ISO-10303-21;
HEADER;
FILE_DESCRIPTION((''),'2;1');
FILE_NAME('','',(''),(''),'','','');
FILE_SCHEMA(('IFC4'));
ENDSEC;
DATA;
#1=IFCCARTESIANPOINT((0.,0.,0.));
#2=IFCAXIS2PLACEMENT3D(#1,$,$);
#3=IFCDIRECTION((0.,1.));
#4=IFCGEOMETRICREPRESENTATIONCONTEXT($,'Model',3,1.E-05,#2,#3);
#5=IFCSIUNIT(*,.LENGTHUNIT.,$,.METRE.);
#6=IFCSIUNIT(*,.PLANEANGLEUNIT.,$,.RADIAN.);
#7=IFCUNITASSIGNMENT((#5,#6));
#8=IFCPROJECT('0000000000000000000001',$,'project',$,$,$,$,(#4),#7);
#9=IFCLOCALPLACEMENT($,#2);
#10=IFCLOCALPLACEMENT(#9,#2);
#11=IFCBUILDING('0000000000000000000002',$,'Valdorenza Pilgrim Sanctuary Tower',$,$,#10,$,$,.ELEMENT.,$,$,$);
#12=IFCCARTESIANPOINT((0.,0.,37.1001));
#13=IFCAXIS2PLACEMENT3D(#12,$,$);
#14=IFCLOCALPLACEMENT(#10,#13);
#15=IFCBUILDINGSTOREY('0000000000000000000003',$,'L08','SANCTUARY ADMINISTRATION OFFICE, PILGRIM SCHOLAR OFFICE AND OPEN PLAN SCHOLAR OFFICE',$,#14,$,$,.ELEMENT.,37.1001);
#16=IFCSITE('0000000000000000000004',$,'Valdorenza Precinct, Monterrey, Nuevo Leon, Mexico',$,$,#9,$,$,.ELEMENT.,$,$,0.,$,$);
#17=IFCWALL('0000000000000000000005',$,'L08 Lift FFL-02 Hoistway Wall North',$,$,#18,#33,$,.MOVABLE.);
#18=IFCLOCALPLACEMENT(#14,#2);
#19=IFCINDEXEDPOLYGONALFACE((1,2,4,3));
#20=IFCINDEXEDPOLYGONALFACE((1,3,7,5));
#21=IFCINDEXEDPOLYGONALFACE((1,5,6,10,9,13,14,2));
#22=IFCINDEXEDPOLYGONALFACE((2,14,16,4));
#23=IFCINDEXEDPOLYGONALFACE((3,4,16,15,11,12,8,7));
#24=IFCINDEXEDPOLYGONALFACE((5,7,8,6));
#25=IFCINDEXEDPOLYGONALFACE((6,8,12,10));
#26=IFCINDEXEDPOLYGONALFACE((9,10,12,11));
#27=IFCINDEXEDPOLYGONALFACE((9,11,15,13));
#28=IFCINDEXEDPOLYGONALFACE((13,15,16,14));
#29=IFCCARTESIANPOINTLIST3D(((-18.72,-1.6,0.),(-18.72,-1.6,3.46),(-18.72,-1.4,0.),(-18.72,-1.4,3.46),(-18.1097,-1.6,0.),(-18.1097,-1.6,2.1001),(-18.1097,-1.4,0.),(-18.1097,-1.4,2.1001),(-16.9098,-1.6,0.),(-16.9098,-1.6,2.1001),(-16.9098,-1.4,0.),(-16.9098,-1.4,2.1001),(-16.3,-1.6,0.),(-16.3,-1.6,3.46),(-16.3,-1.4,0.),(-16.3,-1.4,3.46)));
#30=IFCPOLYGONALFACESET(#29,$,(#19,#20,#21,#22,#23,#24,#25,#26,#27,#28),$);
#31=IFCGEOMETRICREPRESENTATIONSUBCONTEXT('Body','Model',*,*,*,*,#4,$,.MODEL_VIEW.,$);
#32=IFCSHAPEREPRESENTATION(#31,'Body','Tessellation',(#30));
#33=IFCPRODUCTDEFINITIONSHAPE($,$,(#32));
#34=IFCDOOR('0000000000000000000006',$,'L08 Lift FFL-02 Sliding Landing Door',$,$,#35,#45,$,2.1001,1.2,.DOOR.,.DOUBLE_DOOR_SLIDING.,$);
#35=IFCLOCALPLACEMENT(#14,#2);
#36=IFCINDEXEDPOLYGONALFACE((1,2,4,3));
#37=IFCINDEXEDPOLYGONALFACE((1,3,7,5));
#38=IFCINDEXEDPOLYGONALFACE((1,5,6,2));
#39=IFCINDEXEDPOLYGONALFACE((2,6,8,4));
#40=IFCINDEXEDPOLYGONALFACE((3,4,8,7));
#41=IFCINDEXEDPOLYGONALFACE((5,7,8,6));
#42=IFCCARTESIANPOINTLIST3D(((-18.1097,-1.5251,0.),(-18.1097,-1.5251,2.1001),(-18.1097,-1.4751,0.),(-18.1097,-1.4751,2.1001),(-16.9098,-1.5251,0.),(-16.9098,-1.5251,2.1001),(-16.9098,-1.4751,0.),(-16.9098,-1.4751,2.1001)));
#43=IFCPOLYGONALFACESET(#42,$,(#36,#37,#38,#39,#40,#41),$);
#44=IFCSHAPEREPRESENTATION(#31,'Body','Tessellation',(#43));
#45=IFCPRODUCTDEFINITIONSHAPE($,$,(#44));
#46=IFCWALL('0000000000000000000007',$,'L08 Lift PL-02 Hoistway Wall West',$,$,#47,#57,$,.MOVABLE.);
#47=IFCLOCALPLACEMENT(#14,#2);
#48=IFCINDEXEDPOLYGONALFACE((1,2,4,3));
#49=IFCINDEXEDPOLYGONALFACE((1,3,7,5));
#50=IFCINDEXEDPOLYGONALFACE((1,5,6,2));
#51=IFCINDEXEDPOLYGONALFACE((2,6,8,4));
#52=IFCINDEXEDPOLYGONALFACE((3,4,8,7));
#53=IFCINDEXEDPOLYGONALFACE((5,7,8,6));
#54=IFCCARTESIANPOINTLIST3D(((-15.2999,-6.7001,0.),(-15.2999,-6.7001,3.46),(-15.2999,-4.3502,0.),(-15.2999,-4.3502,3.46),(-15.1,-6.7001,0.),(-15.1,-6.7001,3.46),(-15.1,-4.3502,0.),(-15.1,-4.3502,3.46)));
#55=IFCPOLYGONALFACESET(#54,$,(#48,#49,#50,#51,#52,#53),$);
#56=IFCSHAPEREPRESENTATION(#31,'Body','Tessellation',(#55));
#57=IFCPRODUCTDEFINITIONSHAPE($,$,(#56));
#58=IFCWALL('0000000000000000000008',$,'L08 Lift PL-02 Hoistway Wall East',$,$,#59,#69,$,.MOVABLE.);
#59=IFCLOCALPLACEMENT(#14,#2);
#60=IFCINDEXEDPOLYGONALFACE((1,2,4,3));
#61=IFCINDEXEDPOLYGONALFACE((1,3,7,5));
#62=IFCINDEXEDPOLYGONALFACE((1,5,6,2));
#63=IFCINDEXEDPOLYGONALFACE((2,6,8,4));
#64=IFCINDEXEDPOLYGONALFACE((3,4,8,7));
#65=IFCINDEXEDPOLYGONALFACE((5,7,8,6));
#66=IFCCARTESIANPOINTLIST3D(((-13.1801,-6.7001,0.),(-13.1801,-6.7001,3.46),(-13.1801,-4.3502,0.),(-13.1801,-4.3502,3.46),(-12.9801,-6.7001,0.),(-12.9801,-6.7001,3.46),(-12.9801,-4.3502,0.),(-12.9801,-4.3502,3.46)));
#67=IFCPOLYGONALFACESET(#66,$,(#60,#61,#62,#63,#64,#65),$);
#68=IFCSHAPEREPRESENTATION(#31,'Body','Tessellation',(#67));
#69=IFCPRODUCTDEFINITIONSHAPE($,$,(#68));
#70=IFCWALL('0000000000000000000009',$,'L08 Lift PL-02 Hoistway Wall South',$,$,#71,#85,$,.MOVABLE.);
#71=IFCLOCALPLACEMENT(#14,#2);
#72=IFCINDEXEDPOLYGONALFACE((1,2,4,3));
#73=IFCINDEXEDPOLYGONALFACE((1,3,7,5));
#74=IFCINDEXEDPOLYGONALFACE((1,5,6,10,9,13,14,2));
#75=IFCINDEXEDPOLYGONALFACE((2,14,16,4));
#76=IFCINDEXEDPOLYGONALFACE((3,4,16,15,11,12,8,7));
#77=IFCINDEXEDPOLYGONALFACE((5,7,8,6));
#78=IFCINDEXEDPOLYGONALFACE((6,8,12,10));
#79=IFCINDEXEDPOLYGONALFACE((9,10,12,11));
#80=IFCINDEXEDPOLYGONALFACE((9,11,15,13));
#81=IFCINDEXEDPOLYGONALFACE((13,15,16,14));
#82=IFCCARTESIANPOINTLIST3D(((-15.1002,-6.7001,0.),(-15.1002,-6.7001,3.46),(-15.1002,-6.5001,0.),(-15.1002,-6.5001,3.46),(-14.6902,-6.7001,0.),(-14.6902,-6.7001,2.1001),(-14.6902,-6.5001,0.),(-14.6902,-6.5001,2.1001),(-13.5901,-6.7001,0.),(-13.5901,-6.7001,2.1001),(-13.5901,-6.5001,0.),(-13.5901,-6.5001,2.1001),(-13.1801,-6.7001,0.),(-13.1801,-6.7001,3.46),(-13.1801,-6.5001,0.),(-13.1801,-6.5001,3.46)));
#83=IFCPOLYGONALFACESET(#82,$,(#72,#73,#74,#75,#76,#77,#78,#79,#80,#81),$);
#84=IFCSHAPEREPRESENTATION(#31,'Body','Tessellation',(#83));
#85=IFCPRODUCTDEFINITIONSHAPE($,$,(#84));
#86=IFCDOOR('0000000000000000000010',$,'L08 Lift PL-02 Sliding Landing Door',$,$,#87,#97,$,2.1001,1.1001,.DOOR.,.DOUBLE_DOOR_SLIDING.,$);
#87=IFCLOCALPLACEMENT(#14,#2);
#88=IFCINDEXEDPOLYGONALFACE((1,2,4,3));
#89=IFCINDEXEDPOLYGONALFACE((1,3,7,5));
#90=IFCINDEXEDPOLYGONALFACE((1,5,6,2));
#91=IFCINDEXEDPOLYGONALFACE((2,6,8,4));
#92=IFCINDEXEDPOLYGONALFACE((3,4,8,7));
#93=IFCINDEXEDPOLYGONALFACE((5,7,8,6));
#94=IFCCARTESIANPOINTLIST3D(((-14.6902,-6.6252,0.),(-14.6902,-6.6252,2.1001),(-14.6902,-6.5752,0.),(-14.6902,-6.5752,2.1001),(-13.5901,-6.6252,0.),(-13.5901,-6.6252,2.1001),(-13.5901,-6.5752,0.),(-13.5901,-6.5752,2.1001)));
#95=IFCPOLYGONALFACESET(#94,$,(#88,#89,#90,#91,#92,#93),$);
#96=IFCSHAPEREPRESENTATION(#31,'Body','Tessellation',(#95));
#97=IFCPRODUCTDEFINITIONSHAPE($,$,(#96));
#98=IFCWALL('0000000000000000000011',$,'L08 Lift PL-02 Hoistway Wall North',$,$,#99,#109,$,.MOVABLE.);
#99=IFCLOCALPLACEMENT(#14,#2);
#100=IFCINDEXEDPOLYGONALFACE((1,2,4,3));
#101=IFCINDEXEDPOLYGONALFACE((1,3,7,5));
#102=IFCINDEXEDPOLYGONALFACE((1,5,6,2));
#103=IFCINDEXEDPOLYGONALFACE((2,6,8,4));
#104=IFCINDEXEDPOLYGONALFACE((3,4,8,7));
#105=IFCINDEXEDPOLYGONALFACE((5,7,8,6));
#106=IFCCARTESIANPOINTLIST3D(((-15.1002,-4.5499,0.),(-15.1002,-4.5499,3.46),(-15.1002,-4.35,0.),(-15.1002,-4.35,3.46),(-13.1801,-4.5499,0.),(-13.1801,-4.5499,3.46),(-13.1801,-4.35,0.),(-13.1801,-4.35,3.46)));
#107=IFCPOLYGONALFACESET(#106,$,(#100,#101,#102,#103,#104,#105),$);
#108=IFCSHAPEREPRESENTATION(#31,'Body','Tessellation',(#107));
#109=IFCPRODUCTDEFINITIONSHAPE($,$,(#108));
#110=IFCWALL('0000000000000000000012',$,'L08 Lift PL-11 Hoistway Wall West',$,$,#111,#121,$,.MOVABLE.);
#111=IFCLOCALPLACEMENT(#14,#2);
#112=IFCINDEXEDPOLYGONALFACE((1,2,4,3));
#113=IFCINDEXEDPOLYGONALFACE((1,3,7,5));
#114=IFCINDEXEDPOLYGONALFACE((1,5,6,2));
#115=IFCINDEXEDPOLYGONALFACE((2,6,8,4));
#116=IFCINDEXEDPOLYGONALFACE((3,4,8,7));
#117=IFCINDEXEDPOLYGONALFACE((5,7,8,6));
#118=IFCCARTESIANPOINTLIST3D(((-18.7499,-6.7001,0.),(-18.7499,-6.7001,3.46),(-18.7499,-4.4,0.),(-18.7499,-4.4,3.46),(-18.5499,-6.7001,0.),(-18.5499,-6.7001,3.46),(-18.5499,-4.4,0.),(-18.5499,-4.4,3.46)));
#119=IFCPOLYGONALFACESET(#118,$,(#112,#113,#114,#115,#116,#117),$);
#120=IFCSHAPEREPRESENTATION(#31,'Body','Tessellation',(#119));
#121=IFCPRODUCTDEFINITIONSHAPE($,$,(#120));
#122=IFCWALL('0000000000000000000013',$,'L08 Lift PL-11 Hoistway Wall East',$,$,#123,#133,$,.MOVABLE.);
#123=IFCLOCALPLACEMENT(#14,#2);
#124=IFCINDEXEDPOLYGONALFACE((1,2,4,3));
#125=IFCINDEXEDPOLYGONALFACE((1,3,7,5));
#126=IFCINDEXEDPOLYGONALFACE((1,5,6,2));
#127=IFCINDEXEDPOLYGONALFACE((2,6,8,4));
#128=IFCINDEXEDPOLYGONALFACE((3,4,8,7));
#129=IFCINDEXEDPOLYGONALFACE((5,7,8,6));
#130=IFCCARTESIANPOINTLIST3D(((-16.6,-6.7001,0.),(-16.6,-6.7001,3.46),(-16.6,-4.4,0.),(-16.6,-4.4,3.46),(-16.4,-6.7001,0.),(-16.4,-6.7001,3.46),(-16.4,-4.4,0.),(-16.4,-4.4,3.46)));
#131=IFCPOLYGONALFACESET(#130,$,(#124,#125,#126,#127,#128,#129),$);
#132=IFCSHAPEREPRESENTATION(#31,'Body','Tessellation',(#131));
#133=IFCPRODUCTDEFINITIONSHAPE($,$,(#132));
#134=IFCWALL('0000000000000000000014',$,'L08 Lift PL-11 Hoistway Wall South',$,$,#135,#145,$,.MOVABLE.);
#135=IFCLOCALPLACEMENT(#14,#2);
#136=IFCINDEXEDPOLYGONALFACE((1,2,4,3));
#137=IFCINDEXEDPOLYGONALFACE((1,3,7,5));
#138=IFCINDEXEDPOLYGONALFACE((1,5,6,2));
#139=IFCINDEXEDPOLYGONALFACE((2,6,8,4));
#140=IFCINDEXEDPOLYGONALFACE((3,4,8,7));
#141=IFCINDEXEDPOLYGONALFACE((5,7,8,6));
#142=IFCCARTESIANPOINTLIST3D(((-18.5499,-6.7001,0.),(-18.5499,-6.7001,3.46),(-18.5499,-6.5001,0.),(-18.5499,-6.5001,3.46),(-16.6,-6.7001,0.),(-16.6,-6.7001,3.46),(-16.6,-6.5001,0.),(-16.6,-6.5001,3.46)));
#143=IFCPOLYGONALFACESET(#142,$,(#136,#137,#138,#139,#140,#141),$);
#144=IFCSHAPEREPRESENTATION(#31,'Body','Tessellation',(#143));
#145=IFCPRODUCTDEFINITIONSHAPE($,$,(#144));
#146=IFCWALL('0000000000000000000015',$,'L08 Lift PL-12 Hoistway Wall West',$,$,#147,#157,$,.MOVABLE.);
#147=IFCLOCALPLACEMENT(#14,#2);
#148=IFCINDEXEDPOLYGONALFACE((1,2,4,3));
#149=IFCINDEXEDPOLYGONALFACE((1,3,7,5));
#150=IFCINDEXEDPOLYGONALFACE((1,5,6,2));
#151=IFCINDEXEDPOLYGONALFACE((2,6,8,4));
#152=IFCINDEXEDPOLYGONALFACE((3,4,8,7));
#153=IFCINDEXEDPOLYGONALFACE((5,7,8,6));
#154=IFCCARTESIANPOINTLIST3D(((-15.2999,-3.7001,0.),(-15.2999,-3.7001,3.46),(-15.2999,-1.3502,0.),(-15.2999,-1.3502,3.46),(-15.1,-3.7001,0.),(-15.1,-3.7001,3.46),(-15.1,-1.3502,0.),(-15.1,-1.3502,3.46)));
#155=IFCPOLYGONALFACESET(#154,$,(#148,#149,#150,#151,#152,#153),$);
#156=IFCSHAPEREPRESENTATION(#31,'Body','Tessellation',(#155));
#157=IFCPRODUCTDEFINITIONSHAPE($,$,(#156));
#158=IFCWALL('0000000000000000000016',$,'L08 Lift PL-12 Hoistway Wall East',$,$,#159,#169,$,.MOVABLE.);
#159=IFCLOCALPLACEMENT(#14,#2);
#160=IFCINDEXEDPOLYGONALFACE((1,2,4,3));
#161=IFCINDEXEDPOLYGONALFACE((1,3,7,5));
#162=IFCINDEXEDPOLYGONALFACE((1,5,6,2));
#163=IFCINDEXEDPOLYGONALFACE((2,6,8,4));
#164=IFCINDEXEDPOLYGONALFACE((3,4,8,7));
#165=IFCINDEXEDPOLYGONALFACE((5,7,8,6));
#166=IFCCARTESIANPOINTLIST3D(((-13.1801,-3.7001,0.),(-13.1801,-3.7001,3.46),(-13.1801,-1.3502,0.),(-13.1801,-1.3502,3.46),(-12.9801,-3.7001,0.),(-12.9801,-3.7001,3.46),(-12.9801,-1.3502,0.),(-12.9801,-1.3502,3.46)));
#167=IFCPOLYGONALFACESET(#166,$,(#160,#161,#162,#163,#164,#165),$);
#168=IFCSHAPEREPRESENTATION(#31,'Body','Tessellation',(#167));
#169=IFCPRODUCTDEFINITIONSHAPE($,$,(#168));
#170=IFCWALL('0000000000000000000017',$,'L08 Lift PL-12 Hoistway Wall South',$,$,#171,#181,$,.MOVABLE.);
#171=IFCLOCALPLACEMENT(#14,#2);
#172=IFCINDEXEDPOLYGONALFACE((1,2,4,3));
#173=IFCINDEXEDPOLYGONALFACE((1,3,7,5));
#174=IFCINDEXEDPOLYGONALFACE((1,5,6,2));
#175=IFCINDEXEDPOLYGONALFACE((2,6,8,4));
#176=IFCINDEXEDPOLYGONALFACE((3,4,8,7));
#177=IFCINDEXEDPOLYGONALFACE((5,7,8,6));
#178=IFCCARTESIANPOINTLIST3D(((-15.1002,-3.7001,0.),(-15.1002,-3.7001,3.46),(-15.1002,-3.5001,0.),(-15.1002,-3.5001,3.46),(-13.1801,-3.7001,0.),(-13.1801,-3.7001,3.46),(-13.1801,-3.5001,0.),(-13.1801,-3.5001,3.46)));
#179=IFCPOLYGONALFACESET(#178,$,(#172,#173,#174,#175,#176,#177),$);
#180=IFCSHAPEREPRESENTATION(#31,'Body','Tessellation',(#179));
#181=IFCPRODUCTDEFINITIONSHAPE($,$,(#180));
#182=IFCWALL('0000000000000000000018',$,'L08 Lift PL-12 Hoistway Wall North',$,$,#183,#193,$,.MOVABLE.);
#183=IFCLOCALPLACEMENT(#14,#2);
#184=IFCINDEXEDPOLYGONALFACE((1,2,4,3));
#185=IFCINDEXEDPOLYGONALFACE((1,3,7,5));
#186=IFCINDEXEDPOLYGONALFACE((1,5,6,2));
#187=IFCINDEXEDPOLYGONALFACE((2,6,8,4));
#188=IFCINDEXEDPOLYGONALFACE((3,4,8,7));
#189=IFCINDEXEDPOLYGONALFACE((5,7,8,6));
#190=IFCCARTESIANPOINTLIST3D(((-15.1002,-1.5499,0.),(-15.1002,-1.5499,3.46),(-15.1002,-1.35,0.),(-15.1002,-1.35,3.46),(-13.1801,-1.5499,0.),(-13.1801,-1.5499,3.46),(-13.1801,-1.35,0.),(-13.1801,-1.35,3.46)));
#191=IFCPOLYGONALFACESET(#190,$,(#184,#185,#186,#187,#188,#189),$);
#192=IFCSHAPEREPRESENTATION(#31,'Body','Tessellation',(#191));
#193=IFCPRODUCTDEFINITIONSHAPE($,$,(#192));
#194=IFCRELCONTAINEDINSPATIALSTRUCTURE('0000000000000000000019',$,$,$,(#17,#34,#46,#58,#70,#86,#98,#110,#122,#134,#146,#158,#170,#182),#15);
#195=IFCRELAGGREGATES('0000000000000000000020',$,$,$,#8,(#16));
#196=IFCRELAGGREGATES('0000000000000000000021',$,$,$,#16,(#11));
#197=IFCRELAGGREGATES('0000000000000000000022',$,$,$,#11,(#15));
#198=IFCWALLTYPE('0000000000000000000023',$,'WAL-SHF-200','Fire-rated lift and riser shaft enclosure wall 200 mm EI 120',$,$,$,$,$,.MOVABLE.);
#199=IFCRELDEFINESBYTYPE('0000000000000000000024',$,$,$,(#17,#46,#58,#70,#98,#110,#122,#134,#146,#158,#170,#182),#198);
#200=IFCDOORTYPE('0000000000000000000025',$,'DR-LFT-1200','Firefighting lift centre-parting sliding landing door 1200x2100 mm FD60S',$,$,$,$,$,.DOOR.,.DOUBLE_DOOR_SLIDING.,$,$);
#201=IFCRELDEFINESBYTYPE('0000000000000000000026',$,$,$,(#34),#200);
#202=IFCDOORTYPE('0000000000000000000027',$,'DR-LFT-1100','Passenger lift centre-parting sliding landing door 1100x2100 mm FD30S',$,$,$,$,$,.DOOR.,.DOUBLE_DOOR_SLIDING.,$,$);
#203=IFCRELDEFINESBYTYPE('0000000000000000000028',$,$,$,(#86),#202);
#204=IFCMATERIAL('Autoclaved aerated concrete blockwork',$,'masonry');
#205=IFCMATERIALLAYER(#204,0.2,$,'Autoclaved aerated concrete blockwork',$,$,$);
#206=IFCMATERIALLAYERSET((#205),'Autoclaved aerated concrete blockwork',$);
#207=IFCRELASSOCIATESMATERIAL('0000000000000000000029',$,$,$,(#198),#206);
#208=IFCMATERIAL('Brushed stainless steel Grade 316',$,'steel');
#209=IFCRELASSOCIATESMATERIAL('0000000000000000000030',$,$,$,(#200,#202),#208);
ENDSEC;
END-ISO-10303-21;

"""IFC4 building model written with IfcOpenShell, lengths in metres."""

from ifc_helpers import new_model, si_unit, direction, frame, frame_2d, origin, place, context, subcontext, project, spatial, rectangle, extrude, material, layer, layer_set, type_object, element, fill, save


model = new_model("IFC4")

# Units and contexts
model_context = context("Model", 3, precision=1e-05, world=origin(), true_north=direction((0.0, 1.0)))
body_context = subcontext(model_context, "Body", "Model", "MODEL_VIEW")
ifc_project = project(units=[si_unit("LENGTHUNIT", "METRE"), si_unit("PLANEANGLEUNIT", "RADIAN")], contexts=[model_context])

# Site, building, storey
site_placement = place(None, origin())
site = spatial("IfcSite", under=ifc_project, at=site_placement, Name="Valdorenza Precinct, Monterrey, Nuevo Leon, Mexico", CompositionType="ELEMENT", RefElevation=0.0)
building_placement = place(site_placement, origin())
building = spatial("IfcBuilding", under=site, at=building_placement, Name="Valdorenza Pilgrim Sanctuary Tower", CompositionType="ELEMENT")
storey_placement = place(building_placement, frame((0.0, 0.0, 37.1001)))
storey = spatial("IfcBuildingStorey", under=building, at=storey_placement, Name="L08", Description="SANCTUARY ADMINISTRATION OFFICE, PILGRIM SCHOLAR OFFICE AND OPEN PLAN SCHOLAR OFFICE", CompositionType="ELEMENT", Elevation=37.1001)

# Shared definitions
ifc_material_1 = material(Name="Autoclaved aerated concrete blockwork", Category="masonry")
ifc_layer_1 = layer(ifc_material_1, 0.2, Name="Autoclaved aerated concrete blockwork")
ifc_layer_set_1 = layer_set([ifc_layer_1], Name="Autoclaved aerated concrete blockwork")
wall_type_1 = type_object("IfcWallType", Name="WAL-SHF-200", Description="Fire-rated lift and riser shaft enclosure wall 200 mm EI 120", PredefinedType="MOVABLE", material=ifc_layer_set_1)

# Wall, opening, door
wall_1_placement = place(storey_placement, frame((-18.72, -1.5, 0.0), z_axis=(0.0, 0.0, 1.0), x_axis=(1.0, 0.0, 0.0)))
wall_1 = element("IfcWall", 1, at=wall_1_placement, inside=storey, type_object=wall_type_1, Name="L08 Lift FFL-02 Hoistway Wall North", PredefinedType="MOVABLE", context=body_context, shape_type="SweptSolid", body=[
    extrude(rectangle(XDim=2.4199, YDim=0.2, at=frame_2d((1.21, 0.0))), origin(), (0.0, 0.0, 1.0), 3.46),
])
opening_1_placement = place(wall_1_placement, frame((0.6101, 0.0, 0.0)))
opening_1 = element("IfcOpeningElement", 2, at=opening_1_placement, cuts=wall_1, PredefinedType="OPENING", context=body_context, shape_type="SweptSolid", body=[
    extrude(rectangle(XDim=1.2, YDim=2.1001, at=frame_2d((0.6001, 1.05))), frame((0.0, 0.1147, 0.0), z_axis=(0.0, -1.0, 0.0), x_axis=(1.0, 0.0, 0.0)), (0.0, 0.0, 1.0), 0.2297),
])
ifc_material_2 = material(Name="Brushed stainless steel Grade 316", Category="steel")
door_type_1 = type_object("IfcDoorType", Name="DR-LFT-1200", Description="Firefighting lift centre-parting sliding landing door 1200x2100 mm FD60S", OperationType="DOUBLE_DOOR_SLIDING", PredefinedType="DOOR", material=ifc_material_2)
door_1_placement = place(opening_1_placement, origin())
door_1 = element("IfcDoor", 3, at=door_1_placement, inside=storey, type_object=door_type_1, Name="L08 Lift FFL-02 Sliding Landing Door", OperationType="DOUBLE_DOOR_SLIDING", OverallHeight=2.1001, OverallWidth=1.2, PredefinedType="DOOR", context=body_context, shape_type="SweptSolid", body=[
    extrude(rectangle(XDim=1.2, YDim=2.1001, at=frame_2d((0.6001, 1.05))), frame((0.0, 0.0249, 0.0), z_axis=(0.0, -1.0, 0.0), x_axis=(1.0, 0.0, 0.0)), (0.0, 0.0, 1.0), 0.05),
])
fill(opening_1, door_1)

# Walls
for number, where, z_axis, x_axis, name in (
    (4, (-15.2, -6.7, 0.0), (0.0, 0.0, 1.0), (0.0, 1.0, 0.0), "L08 Lift PL-02 Hoistway Wall West"),
    (5, (-13.0801, -6.7, 0.0), (0.0, 0.0, 1.0), (0.0, 1.0, 0.0), "L08 Lift PL-02 Hoistway Wall East"),
):
    element("IfcWall", number, at=place(storey_placement, frame(where, z_axis=z_axis, x_axis=x_axis)), inside=storey, type_object=wall_type_1, Name=name, PredefinedType="MOVABLE", context=body_context, shape_type="SweptSolid", body=[
        extrude(rectangle(XDim=2.3499, YDim=0.2, at=frame_2d((1.1748, 0.0))), origin(), (0.0, 0.0, 1.0), 3.46),
    ])

# Wall, opening, door
wall_2_placement = place(storey_placement, frame((-15.1001, -6.6001, 0.0), z_axis=(0.0, 0.0, 1.0), x_axis=(1.0, 0.0, 0.0)))
wall_2 = element("IfcWall", 6, at=wall_2_placement, inside=storey, type_object=wall_type_1, Name="L08 Lift PL-02 Hoistway Wall South", PredefinedType="MOVABLE", context=body_context, shape_type="SweptSolid", body=[
    extrude(rectangle(XDim=1.9202, YDim=0.2, at=frame_2d((0.96, 0.0))), origin(), (0.0, 0.0, 1.0), 3.46),
])
opening_2_placement = place(wall_2_placement, frame((0.4099, 0.0, 0.0)))
opening_2 = element("IfcOpeningElement", 7, at=opening_2_placement, cuts=wall_2, PredefinedType="OPENING", context=body_context, shape_type="SweptSolid", body=[
    extrude(rectangle(XDim=1.1001, YDim=2.1001, at=frame_2d((0.55, 1.05))), frame((0.0, 0.1147, 0.0), z_axis=(0.0, -1.0, 0.0), x_axis=(1.0, 0.0, 0.0)), (0.0, 0.0, 1.0), 0.2297),
])
door_type_2 = type_object("IfcDoorType", Name="DR-LFT-1100", Description="Passenger lift centre-parting sliding landing door 1100x2100 mm FD30S", OperationType="DOUBLE_DOOR_SLIDING", PredefinedType="DOOR", material=ifc_material_2)
door_2_placement = place(opening_2_placement, origin())
door_2 = element("IfcDoor", 8, at=door_2_placement, inside=storey, type_object=door_type_2, Name="L08 Lift PL-02 Sliding Landing Door", OperationType="DOUBLE_DOOR_SLIDING", OverallHeight=2.1001, OverallWidth=1.1001, PredefinedType="DOOR", context=body_context, shape_type="SweptSolid", body=[
    extrude(rectangle(XDim=1.1001, YDim=2.1001, at=frame_2d((0.55, 1.05))), frame((0.0, 0.0249, 0.0), z_axis=(0.0, -1.0, 0.0), x_axis=(1.0, 0.0, 0.0)), (0.0, 0.0, 1.0), 0.05),
])
fill(opening_2, door_2)

# Walls
wall_3_placement = place(storey_placement, frame((-15.1001, -4.45, 0.0), z_axis=(0.0, 0.0, 1.0), x_axis=(1.0, 0.0, 0.0)))
element("IfcWall", 9, at=wall_3_placement, inside=storey, type_object=wall_type_1, Name="L08 Lift PL-02 Hoistway Wall North", PredefinedType="MOVABLE", context=body_context, shape_type="SweptSolid", body=[
    extrude(rectangle(XDim=1.9202, YDim=0.2, at=frame_2d((0.96, 0.0))), origin(), (0.0, 0.0, 1.0), 3.46),
])
for number, where, z_axis, x_axis, name in (
    (10, (-18.6499, -6.7, 0.0), (0.0, 0.0, 1.0), (0.0, 1.0, 0.0), "L08 Lift PL-11 Hoistway Wall West"),
    (11, (-16.5, -6.7, 0.0), (0.0, 0.0, 1.0), (0.0, 1.0, 0.0), "L08 Lift PL-11 Hoistway Wall East"),
):
    element("IfcWall", number, at=place(storey_placement, frame(where, z_axis=z_axis, x_axis=x_axis)), inside=storey, type_object=wall_type_1, Name=name, PredefinedType="MOVABLE", context=body_context, shape_type="SweptSolid", body=[
        extrude(rectangle(XDim=2.3, YDim=0.2, at=frame_2d((1.1499, 0.0))), origin(), (0.0, 0.0, 1.0), 3.46),
    ])
wall_4_placement = place(storey_placement, frame((-18.55, -6.6001, 0.0), z_axis=(0.0, 0.0, 1.0), x_axis=(1.0, 0.0, 0.0)))
element("IfcWall", 12, at=wall_4_placement, inside=storey, type_object=wall_type_1, Name="L08 Lift PL-11 Hoistway Wall South", PredefinedType="MOVABLE", context=body_context, shape_type="SweptSolid", body=[
    extrude(rectangle(XDim=1.95, YDim=0.2, at=frame_2d((0.9751, 0.0))), origin(), (0.0, 0.0, 1.0), 3.46),
])
for number, where, z_axis, x_axis, name in (
    (13, (-15.2, -3.7, 0.0), (0.0, 0.0, 1.0), (0.0, 1.0, 0.0), "L08 Lift PL-12 Hoistway Wall West"),
    (14, (-13.0801, -3.7, 0.0), (0.0, 0.0, 1.0), (0.0, 1.0, 0.0), "L08 Lift PL-12 Hoistway Wall East"),
):
    element("IfcWall", number, at=place(storey_placement, frame(where, z_axis=z_axis, x_axis=x_axis)), inside=storey, type_object=wall_type_1, Name=name, PredefinedType="MOVABLE", context=body_context, shape_type="SweptSolid", body=[
        extrude(rectangle(XDim=2.3499, YDim=0.2, at=frame_2d((1.1748, 0.0))), origin(), (0.0, 0.0, 1.0), 3.46),
    ])
for number, where, z_axis, x_axis, name in (
    (15, (-15.1001, -3.6001, 0.0), (0.0, 0.0, 1.0), (1.0, 0.0, 0.0), "L08 Lift PL-12 Hoistway Wall South"),
    (16, (-15.1001, -1.45, 0.0), (0.0, 0.0, 1.0), (1.0, 0.0, 0.0), "L08 Lift PL-12 Hoistway Wall North"),
):
    element("IfcWall", number, at=place(storey_placement, frame(where, z_axis=z_axis, x_axis=x_axis)), inside=storey, type_object=wall_type_1, Name=name, PredefinedType="MOVABLE", context=body_context, shape_type="SweptSolid", body=[
        extrude(rectangle(XDim=1.9202, YDim=0.2, at=frame_2d((0.96, 0.0))), origin(), (0.0, 0.0, 1.0), 3.46),
    ])

save(model, "model.ifc")
